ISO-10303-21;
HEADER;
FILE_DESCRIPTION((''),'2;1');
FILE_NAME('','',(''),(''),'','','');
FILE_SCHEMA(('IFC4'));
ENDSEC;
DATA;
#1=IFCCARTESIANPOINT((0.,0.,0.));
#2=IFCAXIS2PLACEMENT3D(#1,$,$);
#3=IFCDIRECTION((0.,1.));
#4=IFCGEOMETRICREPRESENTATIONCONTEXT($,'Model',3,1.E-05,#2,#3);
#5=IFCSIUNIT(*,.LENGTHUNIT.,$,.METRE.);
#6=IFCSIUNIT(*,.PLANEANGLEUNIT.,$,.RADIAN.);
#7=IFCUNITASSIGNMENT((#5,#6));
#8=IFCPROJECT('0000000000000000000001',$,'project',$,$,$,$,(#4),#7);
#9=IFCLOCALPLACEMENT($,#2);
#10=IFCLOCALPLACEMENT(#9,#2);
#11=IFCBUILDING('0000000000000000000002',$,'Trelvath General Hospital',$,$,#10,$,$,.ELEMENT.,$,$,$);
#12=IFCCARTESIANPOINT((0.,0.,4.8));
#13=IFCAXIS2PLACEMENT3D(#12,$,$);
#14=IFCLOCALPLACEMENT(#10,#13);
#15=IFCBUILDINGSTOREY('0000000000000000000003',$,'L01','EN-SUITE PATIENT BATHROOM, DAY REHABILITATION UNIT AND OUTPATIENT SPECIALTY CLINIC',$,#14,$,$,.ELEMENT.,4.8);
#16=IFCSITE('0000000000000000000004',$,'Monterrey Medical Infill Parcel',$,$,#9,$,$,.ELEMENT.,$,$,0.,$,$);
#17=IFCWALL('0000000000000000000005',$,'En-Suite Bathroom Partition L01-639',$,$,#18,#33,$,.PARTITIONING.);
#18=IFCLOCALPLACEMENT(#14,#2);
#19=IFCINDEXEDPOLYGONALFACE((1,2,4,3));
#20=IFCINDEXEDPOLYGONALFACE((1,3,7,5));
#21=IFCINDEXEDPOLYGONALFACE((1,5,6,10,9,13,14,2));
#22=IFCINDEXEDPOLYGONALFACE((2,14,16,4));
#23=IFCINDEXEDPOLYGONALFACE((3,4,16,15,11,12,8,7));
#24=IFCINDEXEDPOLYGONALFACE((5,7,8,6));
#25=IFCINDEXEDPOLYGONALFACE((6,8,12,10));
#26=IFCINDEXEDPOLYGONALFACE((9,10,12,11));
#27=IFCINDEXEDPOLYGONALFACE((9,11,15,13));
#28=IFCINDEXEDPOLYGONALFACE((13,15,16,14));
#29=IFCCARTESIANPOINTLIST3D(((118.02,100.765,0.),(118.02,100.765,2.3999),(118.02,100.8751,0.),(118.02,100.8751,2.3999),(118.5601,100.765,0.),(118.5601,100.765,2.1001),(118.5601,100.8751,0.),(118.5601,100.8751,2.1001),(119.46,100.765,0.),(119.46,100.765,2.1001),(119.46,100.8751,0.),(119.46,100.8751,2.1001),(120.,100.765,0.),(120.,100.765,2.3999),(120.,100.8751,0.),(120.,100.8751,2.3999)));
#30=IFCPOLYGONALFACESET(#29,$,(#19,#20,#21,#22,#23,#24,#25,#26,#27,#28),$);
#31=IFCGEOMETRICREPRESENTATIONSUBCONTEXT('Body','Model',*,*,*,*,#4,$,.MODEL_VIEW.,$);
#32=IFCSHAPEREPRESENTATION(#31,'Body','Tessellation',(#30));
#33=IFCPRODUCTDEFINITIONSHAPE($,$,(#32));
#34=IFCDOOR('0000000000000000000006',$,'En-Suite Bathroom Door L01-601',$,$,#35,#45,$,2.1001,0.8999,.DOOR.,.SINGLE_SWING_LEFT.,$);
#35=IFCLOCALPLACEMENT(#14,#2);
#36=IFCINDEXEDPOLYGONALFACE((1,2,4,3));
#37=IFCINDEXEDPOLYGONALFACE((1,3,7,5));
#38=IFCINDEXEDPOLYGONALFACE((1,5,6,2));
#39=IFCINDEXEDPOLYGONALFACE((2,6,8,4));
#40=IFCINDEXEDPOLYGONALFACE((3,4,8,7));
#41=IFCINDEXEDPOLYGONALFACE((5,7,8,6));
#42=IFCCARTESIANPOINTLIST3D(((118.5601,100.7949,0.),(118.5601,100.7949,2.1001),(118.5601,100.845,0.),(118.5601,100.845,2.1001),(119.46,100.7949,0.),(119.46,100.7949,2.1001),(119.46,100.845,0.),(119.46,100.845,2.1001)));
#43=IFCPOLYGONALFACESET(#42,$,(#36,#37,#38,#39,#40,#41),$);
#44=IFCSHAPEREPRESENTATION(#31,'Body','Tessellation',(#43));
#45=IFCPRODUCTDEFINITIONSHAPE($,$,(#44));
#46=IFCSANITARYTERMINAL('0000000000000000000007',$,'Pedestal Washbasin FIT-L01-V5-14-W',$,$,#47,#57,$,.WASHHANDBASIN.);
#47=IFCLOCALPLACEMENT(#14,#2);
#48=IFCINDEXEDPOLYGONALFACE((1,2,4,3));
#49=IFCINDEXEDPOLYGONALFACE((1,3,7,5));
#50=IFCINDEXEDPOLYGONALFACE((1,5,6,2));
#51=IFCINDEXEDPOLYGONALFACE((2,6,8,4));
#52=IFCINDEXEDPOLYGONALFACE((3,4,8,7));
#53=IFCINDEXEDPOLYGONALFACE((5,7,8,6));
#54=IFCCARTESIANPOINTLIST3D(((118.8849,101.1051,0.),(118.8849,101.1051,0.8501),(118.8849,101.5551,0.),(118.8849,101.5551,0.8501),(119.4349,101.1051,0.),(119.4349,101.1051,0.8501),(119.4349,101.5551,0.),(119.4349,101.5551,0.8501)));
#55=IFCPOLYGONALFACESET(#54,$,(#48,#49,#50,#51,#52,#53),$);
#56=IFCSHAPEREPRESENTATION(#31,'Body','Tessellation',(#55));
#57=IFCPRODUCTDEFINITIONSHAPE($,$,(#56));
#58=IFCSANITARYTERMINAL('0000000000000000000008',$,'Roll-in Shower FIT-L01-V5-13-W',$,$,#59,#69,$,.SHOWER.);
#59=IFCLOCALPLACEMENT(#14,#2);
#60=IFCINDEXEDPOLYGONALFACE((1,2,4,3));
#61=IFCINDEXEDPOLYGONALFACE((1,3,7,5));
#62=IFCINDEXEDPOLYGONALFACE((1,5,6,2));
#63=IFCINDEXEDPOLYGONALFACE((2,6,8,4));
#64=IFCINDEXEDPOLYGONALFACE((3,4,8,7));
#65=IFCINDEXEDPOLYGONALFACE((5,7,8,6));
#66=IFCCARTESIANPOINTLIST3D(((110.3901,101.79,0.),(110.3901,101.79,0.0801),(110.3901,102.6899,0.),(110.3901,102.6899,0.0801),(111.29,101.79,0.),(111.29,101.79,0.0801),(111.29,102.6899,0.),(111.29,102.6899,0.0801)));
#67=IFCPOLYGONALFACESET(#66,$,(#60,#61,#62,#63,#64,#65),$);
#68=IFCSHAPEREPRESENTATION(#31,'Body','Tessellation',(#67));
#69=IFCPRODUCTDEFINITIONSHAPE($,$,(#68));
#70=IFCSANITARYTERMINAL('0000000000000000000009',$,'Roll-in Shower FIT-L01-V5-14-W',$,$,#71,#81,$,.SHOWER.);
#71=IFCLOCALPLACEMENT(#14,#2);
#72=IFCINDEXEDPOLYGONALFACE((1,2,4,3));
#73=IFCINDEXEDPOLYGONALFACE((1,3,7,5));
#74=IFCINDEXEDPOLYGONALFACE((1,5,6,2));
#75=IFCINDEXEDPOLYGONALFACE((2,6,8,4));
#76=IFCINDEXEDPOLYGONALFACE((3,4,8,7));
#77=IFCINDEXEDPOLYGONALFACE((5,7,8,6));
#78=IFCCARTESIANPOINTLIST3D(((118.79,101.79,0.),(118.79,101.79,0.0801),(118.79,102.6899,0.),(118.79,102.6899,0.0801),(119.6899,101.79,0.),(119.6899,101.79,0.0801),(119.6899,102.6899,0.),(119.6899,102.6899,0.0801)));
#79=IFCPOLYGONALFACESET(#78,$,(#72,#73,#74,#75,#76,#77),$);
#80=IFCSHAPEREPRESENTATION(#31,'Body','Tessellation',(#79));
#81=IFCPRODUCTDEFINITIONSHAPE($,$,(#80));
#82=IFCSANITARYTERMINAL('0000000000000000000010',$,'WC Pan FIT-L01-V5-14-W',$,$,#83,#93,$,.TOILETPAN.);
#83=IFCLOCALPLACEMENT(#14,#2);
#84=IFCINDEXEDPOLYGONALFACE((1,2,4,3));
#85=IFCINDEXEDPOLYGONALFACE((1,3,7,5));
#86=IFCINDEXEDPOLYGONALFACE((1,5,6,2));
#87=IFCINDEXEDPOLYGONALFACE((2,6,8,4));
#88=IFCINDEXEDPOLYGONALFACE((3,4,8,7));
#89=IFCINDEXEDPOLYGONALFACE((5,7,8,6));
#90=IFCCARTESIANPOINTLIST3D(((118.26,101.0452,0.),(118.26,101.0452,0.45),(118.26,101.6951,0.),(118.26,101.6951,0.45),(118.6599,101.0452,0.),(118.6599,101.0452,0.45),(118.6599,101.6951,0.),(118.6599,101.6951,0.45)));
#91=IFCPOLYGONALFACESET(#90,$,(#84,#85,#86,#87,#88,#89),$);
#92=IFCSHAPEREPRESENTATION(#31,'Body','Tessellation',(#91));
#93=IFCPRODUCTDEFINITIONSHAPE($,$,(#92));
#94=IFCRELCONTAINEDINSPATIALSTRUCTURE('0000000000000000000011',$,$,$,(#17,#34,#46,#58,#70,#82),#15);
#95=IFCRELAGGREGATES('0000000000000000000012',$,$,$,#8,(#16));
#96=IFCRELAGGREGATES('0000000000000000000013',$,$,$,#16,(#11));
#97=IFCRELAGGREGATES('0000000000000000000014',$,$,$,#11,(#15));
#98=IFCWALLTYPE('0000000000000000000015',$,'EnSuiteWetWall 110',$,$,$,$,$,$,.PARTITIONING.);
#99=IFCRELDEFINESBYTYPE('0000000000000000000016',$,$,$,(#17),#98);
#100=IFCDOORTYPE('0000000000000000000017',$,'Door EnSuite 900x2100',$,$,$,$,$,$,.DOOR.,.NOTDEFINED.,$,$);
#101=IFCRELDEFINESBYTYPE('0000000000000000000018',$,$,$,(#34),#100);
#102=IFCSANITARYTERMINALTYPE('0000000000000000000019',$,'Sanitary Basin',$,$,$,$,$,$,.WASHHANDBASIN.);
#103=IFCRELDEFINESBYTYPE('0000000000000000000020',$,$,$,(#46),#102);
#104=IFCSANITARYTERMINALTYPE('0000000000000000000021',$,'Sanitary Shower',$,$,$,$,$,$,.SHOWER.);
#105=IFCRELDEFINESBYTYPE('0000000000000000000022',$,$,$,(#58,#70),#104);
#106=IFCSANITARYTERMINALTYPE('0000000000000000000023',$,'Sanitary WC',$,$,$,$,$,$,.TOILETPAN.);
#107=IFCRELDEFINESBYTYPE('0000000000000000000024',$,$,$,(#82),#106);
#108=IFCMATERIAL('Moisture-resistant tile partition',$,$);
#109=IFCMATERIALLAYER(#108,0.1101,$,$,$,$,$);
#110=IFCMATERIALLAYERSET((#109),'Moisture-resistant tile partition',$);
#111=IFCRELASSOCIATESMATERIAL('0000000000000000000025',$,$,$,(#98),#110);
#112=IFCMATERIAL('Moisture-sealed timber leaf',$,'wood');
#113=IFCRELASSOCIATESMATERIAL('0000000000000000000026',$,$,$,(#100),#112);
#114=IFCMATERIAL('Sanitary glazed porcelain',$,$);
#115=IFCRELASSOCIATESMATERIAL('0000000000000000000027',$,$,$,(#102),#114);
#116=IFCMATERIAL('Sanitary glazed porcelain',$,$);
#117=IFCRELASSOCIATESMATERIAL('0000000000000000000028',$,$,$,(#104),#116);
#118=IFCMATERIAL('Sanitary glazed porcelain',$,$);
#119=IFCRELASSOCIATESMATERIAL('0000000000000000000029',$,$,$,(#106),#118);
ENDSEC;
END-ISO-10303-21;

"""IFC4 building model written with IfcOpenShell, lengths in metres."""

from ifc_helpers import new_model, si_unit, direction, frame, frame_2d, origin, origin_2d, place, context, subcontext, project, spatial, rectangle, extrude, material, layer, layer_set, type_object, element, fill, save


model = new_model("IFC4")

# Units and contexts
model_context = context("Model", 3, precision=1e-05, world=origin(), true_north=direction((0.0, 1.0)))
body_context = subcontext(model_context, "Body", "Model", "MODEL_VIEW")
ifc_project = project(units=[si_unit("LENGTHUNIT", "METRE"), si_unit("PLANEANGLEUNIT", "RADIAN")], contexts=[model_context])

# Site, building, storey
site_placement = place(None, origin())
site = spatial("IfcSite", under=ifc_project, at=site_placement, Name="Monterrey Medical Infill Parcel", CompositionType="ELEMENT", RefElevation=0.0)
building_placement = place(site_placement, origin())
building = spatial("IfcBuilding", under=site, at=building_placement, Name="Trelvath General Hospital", CompositionType="ELEMENT")
storey_placement = place(building_placement, frame((0.0, 0.0, 4.8)))
storey = spatial("IfcBuildingStorey", under=building, at=storey_placement, Name="L01", Description="EN-SUITE PATIENT BATHROOM, DAY REHABILITATION UNIT AND OUTPATIENT SPECIALTY CLINIC", CompositionType="ELEMENT", Elevation=4.8)

# Shared definitions
ifc_material_1 = material(Name="Moisture-resistant tile partition")
ifc_layer_1 = layer(ifc_material_1, 0.1101)
ifc_layer_set_1 = layer_set([ifc_layer_1], Name="Moisture-resistant tile partition")
wall_type_1 = type_object("IfcWallType", Name="EnSuiteWetWall 110", PredefinedType="PARTITIONING", material=ifc_layer_set_1)

# Shared definitions
ifc_material_2 = material(Name="Moisture-sealed timber leaf", Category="wood")
door_type_1 = type_object("IfcDoorType", Name="Door EnSuite 900x2100", OperationType="NOTDEFINED", PredefinedType="DOOR", material=ifc_material_2)

# Wall, opening, door
wall_1_placement = place(storey_placement, frame((118.02, 100.8201, 0.0), z_axis=(0.0, 0.0, 1.0), x_axis=(1.0, 0.0, 0.0)))
wall_1 = element("IfcWall", 1, at=wall_1_placement, inside=storey, type_object=wall_type_1, Name="En-Suite Bathroom Partition L01-639", PredefinedType="PARTITIONING", context=body_context, shape_type="SweptSolid", body=[
    extrude(rectangle(XDim=1.98, YDim=0.1101, at=frame_2d((0.99, 0.0))), origin(), (0.0, 0.0, 1.0), 2.3999),
])
opening_1_placement = place(wall_1_placement, frame((0.54, 0.0, 0.0)))
opening_1 = element("IfcOpeningElement", 2, at=opening_1_placement, cuts=wall_1, PredefinedType="OPENING", context=body_context, shape_type="SweptSolid", body=[
    extrude(rectangle(XDim=0.8999, YDim=2.1001, at=frame_2d((0.45, 1.05))), frame((0.0, 0.0649, 0.0), z_axis=(0.0, -1.0, 0.0), x_axis=(1.0, 0.0, 0.0)), (0.0, 0.0, 1.0), 0.1301),
])
door_1_placement = place(opening_1_placement, origin())
door_1 = element("IfcDoor", 3, at=door_1_placement, inside=storey, type_object=door_type_1, Name="En-Suite Bathroom Door L01-601", OperationType="SINGLE_SWING_LEFT", OverallHeight=2.1001, OverallWidth=0.8999, PredefinedType="DOOR", context=body_context, shape_type="SweptSolid", body=[
    extrude(rectangle(XDim=0.8999, YDim=2.1001, at=frame_2d((0.45, 1.05))), frame((0.0, 0.0249, 0.0), z_axis=(0.0, -1.0, 0.0), x_axis=(1.0, 0.0, 0.0)), (0.0, 0.0, 1.0), 0.05),
])
fill(opening_1, door_1)

# Sanitary terminals
ifc_material_3 = material(Name="Sanitary glazed porcelain")
sanitary_terminal_type_1 = type_object("IfcSanitaryTerminalType", Name="Sanitary Basin", PredefinedType="WASHHANDBASIN", material=ifc_material_3)
sanitary_terminal_1_placement = place(storey_placement, frame((119.1599, 101.3301, 0.0), z_axis=(0.0, 0.0, 1.0), x_axis=(1.0, 0.0, 0.0)))
element("IfcSanitaryTerminal", 4, at=sanitary_terminal_1_placement, inside=storey, type_object=sanitary_terminal_type_1, Name="Pedestal Washbasin FIT-L01-V5-14-W", PredefinedType="WASHHANDBASIN", context=body_context, shape_type="SweptSolid", body=[
    extrude(rectangle(XDim=0.55, YDim=0.45, at=origin_2d()), origin(), (0.0, 0.0, 1.0), 0.8501),
])
ifc_material_4 = material(Name="Sanitary glazed porcelain")
sanitary_terminal_type_2 = type_object("IfcSanitaryTerminalType", Name="Sanitary Shower", PredefinedType="SHOWER", material=ifc_material_4)
for number, where, z_axis, x_axis, name in (
    (5, (110.8401, 102.24, 0.0), (0.0, 0.0, 1.0), (1.0, 0.0, 0.0), "Roll-in Shower FIT-L01-V5-13-W"),
    (6, (119.24, 102.24, 0.0), (0.0, 0.0, 1.0), (1.0, 0.0, 0.0), "Roll-in Shower FIT-L01-V5-14-W"),
):
    element("IfcSanitaryTerminal", number, at=place(storey_placement, frame(where, z_axis=z_axis, x_axis=x_axis)), inside=storey, type_object=sanitary_terminal_type_2, Name=name, PredefinedType="SHOWER", context=body_context, shape_type="SweptSolid", body=[
        extrude(rectangle(XDim=0.8999, YDim=0.8999, at=origin_2d()), origin(), (0.0, 0.0, 1.0), 0.0801),
    ])
ifc_material_5 = material(Name="Sanitary glazed porcelain")
sanitary_terminal_type_3 = type_object("IfcSanitaryTerminalType", Name="Sanitary WC", PredefinedType="TOILETPAN", material=ifc_material_5)
sanitary_terminal_2_placement = place(storey_placement, frame((118.46, 101.3701, 0.0), z_axis=(0.0, 0.0, 1.0), x_axis=(1.0, 0.0, 0.0)))
element("IfcSanitaryTerminal", 7, at=sanitary_terminal_2_placement, inside=storey, type_object=sanitary_terminal_type_3, Name="WC Pan FIT-L01-V5-14-W", PredefinedType="TOILETPAN", context=body_context, shape_type="SweptSolid", body=[
    extrude(rectangle(XDim=0.3999, YDim=0.6499, at=origin_2d()), origin(), (0.0, 0.0, 1.0), 0.45),
])

save(model, "model.ifc")
